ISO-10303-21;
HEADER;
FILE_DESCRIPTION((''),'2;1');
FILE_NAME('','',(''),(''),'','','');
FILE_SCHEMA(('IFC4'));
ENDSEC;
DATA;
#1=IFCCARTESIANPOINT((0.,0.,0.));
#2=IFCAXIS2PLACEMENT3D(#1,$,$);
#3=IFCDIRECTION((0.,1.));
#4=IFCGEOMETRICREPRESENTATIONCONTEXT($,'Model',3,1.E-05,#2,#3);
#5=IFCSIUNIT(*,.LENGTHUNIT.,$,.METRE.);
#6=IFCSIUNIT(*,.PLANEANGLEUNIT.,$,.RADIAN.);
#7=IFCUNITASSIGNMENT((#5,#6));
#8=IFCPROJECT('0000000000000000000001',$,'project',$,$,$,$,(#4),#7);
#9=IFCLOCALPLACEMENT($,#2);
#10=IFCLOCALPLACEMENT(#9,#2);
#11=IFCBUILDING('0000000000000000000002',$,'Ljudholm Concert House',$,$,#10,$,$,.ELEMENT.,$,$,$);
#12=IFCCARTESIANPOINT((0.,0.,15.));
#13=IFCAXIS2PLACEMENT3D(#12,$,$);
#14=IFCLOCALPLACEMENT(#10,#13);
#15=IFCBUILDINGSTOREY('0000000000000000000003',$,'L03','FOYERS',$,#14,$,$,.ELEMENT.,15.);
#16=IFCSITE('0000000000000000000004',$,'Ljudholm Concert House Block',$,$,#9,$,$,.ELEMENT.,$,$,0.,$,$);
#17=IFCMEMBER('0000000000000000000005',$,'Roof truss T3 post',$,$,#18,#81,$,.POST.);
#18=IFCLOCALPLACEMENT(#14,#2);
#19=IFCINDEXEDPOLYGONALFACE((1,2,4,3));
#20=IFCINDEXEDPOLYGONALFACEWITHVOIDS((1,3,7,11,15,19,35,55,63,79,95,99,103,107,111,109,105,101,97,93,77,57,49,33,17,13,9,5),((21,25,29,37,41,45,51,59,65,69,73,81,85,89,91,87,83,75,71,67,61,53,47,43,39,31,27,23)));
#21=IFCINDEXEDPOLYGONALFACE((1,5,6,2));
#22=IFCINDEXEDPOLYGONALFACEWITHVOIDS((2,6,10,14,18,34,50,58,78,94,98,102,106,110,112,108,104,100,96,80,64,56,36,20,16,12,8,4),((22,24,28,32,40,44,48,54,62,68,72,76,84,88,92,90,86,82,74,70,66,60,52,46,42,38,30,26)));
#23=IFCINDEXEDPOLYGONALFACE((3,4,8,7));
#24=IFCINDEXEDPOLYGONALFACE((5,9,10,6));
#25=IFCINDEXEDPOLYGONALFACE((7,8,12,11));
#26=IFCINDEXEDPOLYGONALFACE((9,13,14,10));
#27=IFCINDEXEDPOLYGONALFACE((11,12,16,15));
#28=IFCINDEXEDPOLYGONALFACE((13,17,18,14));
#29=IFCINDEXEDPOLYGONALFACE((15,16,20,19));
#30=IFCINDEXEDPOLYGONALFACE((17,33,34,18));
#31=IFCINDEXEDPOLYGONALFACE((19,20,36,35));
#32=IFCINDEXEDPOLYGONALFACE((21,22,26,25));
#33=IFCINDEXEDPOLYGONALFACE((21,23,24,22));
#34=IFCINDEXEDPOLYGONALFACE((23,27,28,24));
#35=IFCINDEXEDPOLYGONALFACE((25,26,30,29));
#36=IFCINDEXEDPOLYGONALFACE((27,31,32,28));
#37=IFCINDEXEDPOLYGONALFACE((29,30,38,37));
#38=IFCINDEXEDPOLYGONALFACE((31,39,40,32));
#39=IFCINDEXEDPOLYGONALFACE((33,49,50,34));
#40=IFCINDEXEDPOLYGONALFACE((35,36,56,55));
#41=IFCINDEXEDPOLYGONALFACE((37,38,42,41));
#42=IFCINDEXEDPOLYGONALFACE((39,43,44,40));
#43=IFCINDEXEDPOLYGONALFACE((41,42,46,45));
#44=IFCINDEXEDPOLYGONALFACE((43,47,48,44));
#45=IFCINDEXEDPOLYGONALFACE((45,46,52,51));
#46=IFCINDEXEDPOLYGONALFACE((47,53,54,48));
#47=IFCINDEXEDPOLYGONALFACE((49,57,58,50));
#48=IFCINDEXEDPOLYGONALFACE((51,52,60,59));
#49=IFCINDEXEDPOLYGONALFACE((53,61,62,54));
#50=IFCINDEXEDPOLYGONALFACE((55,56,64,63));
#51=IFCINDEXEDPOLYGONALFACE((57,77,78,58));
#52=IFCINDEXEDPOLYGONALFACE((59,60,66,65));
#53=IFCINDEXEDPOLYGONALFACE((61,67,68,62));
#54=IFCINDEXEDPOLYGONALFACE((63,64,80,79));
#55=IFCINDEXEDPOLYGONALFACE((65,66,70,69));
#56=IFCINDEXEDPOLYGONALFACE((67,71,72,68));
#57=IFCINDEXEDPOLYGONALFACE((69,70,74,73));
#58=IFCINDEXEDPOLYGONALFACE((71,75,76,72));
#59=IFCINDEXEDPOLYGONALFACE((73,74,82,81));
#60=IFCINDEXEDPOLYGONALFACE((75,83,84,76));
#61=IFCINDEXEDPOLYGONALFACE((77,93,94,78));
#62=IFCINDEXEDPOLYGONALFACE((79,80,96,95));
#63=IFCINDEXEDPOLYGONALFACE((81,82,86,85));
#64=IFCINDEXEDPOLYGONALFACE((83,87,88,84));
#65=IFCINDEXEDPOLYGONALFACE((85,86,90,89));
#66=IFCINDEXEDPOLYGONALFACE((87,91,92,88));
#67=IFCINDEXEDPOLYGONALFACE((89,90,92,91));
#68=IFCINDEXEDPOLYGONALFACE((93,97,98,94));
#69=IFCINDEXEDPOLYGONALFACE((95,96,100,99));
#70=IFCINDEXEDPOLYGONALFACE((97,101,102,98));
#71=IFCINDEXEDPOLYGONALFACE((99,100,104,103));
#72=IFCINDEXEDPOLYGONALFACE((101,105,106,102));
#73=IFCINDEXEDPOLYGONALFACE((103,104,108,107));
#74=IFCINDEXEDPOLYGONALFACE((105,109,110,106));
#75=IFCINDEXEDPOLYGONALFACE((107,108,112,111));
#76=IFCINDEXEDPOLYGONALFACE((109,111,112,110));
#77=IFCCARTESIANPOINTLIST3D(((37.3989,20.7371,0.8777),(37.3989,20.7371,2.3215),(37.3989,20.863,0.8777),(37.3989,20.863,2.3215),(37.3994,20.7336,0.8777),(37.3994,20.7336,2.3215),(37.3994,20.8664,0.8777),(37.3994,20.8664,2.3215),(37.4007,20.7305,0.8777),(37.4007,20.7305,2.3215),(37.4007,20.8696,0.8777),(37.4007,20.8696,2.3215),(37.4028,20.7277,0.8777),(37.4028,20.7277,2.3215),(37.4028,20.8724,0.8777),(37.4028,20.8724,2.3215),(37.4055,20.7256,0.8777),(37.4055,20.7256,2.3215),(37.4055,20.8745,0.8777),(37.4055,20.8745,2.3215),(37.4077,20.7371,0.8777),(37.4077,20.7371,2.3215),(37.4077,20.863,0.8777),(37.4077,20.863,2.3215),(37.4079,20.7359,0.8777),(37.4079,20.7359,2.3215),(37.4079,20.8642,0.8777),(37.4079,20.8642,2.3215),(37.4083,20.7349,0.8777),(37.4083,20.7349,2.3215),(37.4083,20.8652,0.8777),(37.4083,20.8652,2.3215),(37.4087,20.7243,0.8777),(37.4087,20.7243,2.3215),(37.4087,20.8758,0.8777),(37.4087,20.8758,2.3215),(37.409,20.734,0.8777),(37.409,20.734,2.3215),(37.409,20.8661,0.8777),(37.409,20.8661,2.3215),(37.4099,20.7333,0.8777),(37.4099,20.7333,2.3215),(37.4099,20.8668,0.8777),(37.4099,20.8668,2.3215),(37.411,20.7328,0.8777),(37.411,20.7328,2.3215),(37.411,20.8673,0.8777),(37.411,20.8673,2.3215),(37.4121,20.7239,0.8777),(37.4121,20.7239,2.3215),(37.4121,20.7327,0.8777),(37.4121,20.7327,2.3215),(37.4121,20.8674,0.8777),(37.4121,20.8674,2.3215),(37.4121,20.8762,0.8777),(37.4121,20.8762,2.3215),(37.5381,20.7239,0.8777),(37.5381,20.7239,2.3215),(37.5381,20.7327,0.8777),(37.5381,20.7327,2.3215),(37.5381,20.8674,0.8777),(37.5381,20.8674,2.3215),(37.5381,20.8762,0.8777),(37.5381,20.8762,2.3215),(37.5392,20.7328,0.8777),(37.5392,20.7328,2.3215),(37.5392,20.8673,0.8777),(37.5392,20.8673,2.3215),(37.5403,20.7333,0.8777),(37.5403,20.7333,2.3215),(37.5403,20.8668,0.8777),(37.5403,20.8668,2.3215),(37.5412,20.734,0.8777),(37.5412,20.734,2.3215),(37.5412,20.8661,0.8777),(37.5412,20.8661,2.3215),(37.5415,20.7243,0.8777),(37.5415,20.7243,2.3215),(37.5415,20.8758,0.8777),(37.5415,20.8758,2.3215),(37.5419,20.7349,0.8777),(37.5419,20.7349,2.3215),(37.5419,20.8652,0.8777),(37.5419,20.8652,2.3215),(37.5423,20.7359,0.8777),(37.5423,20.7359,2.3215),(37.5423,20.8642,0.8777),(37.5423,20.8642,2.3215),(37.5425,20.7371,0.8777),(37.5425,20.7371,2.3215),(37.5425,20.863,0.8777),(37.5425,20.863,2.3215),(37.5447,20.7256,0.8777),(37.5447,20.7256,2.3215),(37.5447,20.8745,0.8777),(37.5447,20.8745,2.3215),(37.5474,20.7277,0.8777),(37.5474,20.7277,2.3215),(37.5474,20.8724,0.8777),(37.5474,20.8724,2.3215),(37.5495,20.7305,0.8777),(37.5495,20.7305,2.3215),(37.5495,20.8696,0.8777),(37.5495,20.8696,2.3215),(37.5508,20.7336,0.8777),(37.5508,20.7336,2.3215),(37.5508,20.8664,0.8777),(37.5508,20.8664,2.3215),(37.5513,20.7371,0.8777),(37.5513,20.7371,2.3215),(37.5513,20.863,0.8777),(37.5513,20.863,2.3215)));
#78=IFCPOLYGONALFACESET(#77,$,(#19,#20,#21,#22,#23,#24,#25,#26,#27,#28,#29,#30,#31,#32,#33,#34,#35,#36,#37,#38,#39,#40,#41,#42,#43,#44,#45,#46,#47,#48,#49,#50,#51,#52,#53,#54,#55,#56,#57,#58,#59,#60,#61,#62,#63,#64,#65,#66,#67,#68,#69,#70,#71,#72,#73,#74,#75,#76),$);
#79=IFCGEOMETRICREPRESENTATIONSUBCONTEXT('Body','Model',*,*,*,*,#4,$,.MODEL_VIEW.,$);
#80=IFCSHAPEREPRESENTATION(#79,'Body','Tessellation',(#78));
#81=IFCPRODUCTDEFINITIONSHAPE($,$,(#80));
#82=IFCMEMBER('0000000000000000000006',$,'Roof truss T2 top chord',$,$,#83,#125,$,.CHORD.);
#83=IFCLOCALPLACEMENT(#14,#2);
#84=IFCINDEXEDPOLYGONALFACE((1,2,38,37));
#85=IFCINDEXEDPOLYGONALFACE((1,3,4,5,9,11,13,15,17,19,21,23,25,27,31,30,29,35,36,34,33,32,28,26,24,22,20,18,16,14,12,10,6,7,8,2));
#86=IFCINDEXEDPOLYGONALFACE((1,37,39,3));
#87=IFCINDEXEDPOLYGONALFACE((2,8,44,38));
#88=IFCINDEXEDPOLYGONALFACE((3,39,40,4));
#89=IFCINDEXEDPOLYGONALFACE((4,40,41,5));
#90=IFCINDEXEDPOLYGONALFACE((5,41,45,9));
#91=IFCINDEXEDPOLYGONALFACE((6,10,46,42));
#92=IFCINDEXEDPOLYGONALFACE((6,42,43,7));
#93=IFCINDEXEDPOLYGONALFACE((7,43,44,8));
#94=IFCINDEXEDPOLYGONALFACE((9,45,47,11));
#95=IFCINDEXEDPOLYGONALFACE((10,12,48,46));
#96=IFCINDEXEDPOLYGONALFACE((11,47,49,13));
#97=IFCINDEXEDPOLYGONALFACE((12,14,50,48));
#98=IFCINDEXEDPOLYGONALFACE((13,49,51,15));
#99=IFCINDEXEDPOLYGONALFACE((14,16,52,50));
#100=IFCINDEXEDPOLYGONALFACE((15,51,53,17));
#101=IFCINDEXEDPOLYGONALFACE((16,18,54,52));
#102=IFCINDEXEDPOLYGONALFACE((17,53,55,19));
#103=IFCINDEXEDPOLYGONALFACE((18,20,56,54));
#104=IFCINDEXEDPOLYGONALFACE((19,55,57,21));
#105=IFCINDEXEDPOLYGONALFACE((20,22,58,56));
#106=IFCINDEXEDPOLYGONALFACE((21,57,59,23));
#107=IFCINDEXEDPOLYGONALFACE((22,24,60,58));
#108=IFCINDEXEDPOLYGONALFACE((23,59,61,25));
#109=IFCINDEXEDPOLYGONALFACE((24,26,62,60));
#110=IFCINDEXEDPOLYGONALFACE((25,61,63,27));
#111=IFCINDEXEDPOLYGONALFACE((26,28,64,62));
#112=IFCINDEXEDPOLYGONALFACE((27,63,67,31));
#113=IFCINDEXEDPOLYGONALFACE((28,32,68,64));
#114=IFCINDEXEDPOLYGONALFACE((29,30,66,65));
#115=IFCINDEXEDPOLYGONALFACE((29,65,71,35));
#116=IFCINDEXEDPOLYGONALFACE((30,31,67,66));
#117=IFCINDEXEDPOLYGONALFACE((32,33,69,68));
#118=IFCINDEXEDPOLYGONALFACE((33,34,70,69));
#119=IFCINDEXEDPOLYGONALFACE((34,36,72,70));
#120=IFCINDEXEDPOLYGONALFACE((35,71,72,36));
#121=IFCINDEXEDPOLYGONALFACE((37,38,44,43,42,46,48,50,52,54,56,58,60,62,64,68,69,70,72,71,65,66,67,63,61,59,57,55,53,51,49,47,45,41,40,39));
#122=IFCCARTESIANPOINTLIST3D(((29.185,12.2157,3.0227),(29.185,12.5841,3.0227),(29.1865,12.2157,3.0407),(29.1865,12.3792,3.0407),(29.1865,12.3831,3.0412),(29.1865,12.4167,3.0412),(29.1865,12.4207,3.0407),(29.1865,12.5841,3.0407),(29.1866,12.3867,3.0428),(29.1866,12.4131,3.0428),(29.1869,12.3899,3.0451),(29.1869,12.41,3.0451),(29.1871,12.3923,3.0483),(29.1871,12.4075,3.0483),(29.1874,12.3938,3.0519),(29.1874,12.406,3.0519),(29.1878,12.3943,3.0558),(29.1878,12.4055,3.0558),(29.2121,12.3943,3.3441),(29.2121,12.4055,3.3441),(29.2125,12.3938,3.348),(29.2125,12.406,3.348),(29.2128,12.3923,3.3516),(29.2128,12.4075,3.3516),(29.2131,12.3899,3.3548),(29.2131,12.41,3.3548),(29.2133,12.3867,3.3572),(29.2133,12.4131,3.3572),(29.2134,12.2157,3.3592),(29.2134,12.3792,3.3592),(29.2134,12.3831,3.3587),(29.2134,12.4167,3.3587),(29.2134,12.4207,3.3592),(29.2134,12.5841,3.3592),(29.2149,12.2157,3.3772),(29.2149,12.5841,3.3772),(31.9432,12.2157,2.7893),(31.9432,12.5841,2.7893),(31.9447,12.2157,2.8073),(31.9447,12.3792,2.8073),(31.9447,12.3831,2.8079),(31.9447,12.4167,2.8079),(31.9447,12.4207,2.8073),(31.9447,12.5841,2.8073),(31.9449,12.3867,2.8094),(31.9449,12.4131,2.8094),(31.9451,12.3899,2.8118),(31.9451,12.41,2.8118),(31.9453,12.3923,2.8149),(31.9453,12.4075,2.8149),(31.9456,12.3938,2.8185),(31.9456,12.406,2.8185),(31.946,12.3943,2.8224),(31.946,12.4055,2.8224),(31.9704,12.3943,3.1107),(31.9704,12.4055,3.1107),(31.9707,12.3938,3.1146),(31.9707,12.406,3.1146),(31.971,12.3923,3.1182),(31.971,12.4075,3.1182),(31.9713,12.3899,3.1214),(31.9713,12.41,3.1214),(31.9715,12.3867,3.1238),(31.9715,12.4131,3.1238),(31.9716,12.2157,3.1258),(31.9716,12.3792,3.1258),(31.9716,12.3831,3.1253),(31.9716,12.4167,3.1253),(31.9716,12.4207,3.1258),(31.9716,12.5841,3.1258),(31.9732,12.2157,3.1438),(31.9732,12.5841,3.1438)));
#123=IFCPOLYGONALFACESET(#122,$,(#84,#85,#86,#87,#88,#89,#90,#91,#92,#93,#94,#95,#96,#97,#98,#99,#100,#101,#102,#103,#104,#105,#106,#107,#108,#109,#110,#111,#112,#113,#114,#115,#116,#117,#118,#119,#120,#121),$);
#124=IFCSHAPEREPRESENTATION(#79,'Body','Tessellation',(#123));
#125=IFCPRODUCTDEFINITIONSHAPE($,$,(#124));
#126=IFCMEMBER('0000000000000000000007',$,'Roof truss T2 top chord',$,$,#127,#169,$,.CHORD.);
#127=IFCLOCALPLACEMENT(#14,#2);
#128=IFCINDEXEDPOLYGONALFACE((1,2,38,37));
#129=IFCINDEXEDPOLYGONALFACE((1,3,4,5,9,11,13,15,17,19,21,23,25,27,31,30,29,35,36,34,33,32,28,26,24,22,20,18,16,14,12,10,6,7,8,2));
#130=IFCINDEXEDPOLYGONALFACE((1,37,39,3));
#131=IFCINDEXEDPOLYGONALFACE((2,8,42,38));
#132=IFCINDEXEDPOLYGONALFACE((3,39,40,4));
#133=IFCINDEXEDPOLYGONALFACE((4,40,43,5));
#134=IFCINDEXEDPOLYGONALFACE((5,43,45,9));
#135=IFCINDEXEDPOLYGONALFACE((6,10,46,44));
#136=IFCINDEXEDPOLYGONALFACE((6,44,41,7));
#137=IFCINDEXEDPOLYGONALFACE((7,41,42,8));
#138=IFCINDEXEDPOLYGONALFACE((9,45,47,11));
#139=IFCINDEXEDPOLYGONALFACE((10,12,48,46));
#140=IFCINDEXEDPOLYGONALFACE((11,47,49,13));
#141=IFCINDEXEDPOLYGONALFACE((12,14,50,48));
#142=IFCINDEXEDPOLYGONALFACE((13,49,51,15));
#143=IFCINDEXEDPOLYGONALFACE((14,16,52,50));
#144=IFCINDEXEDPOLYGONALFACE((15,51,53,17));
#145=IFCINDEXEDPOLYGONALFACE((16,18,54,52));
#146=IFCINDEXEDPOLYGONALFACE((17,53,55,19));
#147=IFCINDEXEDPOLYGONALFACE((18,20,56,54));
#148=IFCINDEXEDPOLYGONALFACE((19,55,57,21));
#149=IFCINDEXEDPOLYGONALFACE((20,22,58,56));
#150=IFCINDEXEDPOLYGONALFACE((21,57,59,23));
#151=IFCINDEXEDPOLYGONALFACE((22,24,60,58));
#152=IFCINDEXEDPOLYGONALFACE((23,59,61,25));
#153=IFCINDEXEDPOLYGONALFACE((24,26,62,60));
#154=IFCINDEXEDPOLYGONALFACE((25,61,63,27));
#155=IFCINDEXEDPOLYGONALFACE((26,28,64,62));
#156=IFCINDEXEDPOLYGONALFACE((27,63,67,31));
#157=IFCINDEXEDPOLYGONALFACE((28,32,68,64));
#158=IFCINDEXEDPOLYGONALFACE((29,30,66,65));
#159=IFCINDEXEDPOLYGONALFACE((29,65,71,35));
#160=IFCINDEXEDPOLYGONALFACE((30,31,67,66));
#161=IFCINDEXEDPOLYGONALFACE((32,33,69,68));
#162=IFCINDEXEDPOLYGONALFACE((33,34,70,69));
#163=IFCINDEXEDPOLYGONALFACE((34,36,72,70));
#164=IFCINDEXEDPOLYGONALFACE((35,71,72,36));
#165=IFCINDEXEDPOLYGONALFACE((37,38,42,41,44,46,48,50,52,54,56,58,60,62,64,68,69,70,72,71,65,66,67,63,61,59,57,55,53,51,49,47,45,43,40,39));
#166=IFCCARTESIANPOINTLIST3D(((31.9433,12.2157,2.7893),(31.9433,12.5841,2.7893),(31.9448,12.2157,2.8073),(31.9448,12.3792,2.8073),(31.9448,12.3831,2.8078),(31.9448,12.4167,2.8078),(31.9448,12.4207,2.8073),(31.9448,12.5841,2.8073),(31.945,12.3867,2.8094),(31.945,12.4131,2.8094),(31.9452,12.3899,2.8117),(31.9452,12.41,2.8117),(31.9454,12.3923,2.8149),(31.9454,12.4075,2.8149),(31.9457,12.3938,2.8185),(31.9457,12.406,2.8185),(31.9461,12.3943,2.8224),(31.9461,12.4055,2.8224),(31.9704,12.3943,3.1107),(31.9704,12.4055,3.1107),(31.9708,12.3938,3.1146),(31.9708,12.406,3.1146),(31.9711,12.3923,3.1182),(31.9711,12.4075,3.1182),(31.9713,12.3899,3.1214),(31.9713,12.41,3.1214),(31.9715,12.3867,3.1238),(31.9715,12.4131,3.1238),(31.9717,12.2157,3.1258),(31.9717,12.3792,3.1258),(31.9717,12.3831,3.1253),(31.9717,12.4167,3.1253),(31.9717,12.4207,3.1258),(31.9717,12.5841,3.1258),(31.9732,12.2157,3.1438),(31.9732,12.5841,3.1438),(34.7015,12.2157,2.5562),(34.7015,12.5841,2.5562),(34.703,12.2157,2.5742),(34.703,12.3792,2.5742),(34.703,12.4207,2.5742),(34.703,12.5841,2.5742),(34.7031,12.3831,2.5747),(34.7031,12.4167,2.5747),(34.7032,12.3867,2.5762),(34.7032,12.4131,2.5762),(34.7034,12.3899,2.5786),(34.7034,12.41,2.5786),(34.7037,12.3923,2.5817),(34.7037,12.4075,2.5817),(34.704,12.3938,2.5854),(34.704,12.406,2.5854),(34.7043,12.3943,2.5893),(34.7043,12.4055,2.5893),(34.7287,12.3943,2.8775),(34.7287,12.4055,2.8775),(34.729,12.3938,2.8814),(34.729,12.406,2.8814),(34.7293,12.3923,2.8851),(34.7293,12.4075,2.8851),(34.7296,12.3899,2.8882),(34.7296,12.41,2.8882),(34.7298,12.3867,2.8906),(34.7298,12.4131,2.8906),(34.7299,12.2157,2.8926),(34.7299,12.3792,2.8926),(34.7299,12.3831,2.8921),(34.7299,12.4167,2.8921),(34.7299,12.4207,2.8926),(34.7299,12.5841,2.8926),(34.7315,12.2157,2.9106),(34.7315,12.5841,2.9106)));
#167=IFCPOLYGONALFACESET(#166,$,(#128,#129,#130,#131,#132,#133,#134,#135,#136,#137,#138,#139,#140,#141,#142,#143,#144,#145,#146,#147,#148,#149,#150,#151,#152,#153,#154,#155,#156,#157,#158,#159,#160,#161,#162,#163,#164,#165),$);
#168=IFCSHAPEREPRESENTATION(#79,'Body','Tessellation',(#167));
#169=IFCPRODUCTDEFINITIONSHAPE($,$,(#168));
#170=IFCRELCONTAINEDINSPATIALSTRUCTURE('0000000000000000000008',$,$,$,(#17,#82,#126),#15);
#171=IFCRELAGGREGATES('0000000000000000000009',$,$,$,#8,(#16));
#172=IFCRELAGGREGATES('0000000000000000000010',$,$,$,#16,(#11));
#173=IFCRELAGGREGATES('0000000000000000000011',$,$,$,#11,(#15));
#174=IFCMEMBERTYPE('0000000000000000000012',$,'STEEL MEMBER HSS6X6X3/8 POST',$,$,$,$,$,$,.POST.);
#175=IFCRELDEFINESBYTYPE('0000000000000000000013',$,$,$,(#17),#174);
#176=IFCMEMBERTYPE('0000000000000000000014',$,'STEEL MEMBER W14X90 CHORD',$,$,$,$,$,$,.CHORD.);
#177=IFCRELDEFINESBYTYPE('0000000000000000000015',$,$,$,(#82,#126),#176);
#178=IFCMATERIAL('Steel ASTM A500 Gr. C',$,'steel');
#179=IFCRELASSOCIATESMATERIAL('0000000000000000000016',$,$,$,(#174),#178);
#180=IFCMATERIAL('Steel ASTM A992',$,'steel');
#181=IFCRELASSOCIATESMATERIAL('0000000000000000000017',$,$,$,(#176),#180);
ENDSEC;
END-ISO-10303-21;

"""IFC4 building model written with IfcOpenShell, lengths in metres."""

from ifc_helpers import new_model, si_unit, direction, frame, origin, origin_2d, place, context, subcontext, project, spatial, hollow_rectangle, i_section, extrude, material, material_profile, profile_set, type_object, element, save


model = new_model("IFC4")

# Units and contexts
model_context = context("Model", 3, precision=1e-05, world=origin(), true_north=direction((0.0, 1.0)))
body_context = subcontext(model_context, "Body", "Model", "MODEL_VIEW")
ifc_project = project(units=[si_unit("LENGTHUNIT", "METRE"), si_unit("PLANEANGLEUNIT", "RADIAN")], contexts=[model_context])

# Site, building, storey
site_placement = place(None, origin())
site = spatial("IfcSite", under=ifc_project, at=site_placement, Name="Ljudholm Concert House Block", CompositionType="ELEMENT", RefElevation=0.0)
building_placement = place(site_placement, origin())
building = spatial("IfcBuilding", under=site, at=building_placement, Name="Ljudholm Concert House", CompositionType="ELEMENT")
storey_placement = place(building_placement, frame((0.0, 0.0, 15.0)))
storey = spatial("IfcBuildingStorey", under=building, at=storey_placement, Name="L03", Description="FOYERS", CompositionType="ELEMENT", Elevation=15.0)

# Members
ifc_material_1 = material(Name="Steel ASTM A500 Gr. C", Category="steel")
ifc_material_profile_1 = material_profile(ifc_material_1, hollow_rectangle(XDim=0.1523, YDim=0.1523, WallThickness=0.0088, InnerFilletRadius=0.0044, OuterFilletRadius=0.0132, at=origin_2d()), Name="HSS6X6X3/8")
ifc_profile_set_1 = profile_set([ifc_material_profile_1], Name="Steel ASTM A500 Gr. C")
member_type_1 = type_object("IfcMemberType", Name="STEEL MEMBER HSS6X6X3/8 POST", PredefinedType="POST", material=ifc_profile_set_1)
member_1_placement = place(storey_placement, frame((37.4751, 20.8, 0.8777), z_axis=(0.0, 0.0, 1.0), x_axis=(1.0, 0.0, 0.0)))
element("IfcMember", 1, at=member_1_placement, inside=storey, type_object=member_type_1, Name="Roof truss T3 post", PredefinedType="POST", context=body_context, shape_type="SweptSolid", body=[
    extrude(hollow_rectangle(XDim=0.1523, YDim=0.1523, WallThickness=0.0088, InnerFilletRadius=0.0044, OuterFilletRadius=0.0132, at=origin_2d()), origin(), (0.0, 0.0, 1.0), 1.4438),
])
ifc_material_2 = material(Name="Steel ASTM A992", Category="steel")
ifc_material_profile_2 = material_profile(ifc_material_2, i_section(OverallWidth=0.3684, OverallDepth=0.3557, WebThickness=0.0112, FlangeThickness=0.0181, FilletRadius=0.0151, at=origin_2d()), Name="W14X90")
ifc_profile_set_2 = profile_set([ifc_material_profile_2], Name="Steel ASTM A992")
member_type_2 = type_object("IfcMemberType", Name="STEEL MEMBER W14X90 CHORD", PredefinedType="CHORD", material=ifc_profile_set_2)
for number, where, z_axis, x_axis, name in (
    (2, (29.2, 12.3999, 3.2), (0.996439, 0.0, -0.084315), (0.0, 1.0, 0.0), "Roof truss T2 top chord"),
    (3, (31.9583, 12.3999, 2.9666), (0.996447, 0.0, -0.084228), (0.0, 1.0, 0.0), "Roof truss T2 top chord"),
):
    element("IfcMember", number, at=place(storey_placement, frame(where, z_axis=z_axis, x_axis=x_axis)), inside=storey, type_object=member_type_2, Name=name, PredefinedType="CHORD", context=body_context, shape_type="SweptSolid", body=[
        extrude(i_section(OverallWidth=0.3684, OverallDepth=0.3557, WebThickness=0.0112, FlangeThickness=0.0181, FilletRadius=0.0151, at=origin_2d()), origin(), (0.0, 0.0, 1.0), 2.7681),
    ])

save(model, "model.ifc")
